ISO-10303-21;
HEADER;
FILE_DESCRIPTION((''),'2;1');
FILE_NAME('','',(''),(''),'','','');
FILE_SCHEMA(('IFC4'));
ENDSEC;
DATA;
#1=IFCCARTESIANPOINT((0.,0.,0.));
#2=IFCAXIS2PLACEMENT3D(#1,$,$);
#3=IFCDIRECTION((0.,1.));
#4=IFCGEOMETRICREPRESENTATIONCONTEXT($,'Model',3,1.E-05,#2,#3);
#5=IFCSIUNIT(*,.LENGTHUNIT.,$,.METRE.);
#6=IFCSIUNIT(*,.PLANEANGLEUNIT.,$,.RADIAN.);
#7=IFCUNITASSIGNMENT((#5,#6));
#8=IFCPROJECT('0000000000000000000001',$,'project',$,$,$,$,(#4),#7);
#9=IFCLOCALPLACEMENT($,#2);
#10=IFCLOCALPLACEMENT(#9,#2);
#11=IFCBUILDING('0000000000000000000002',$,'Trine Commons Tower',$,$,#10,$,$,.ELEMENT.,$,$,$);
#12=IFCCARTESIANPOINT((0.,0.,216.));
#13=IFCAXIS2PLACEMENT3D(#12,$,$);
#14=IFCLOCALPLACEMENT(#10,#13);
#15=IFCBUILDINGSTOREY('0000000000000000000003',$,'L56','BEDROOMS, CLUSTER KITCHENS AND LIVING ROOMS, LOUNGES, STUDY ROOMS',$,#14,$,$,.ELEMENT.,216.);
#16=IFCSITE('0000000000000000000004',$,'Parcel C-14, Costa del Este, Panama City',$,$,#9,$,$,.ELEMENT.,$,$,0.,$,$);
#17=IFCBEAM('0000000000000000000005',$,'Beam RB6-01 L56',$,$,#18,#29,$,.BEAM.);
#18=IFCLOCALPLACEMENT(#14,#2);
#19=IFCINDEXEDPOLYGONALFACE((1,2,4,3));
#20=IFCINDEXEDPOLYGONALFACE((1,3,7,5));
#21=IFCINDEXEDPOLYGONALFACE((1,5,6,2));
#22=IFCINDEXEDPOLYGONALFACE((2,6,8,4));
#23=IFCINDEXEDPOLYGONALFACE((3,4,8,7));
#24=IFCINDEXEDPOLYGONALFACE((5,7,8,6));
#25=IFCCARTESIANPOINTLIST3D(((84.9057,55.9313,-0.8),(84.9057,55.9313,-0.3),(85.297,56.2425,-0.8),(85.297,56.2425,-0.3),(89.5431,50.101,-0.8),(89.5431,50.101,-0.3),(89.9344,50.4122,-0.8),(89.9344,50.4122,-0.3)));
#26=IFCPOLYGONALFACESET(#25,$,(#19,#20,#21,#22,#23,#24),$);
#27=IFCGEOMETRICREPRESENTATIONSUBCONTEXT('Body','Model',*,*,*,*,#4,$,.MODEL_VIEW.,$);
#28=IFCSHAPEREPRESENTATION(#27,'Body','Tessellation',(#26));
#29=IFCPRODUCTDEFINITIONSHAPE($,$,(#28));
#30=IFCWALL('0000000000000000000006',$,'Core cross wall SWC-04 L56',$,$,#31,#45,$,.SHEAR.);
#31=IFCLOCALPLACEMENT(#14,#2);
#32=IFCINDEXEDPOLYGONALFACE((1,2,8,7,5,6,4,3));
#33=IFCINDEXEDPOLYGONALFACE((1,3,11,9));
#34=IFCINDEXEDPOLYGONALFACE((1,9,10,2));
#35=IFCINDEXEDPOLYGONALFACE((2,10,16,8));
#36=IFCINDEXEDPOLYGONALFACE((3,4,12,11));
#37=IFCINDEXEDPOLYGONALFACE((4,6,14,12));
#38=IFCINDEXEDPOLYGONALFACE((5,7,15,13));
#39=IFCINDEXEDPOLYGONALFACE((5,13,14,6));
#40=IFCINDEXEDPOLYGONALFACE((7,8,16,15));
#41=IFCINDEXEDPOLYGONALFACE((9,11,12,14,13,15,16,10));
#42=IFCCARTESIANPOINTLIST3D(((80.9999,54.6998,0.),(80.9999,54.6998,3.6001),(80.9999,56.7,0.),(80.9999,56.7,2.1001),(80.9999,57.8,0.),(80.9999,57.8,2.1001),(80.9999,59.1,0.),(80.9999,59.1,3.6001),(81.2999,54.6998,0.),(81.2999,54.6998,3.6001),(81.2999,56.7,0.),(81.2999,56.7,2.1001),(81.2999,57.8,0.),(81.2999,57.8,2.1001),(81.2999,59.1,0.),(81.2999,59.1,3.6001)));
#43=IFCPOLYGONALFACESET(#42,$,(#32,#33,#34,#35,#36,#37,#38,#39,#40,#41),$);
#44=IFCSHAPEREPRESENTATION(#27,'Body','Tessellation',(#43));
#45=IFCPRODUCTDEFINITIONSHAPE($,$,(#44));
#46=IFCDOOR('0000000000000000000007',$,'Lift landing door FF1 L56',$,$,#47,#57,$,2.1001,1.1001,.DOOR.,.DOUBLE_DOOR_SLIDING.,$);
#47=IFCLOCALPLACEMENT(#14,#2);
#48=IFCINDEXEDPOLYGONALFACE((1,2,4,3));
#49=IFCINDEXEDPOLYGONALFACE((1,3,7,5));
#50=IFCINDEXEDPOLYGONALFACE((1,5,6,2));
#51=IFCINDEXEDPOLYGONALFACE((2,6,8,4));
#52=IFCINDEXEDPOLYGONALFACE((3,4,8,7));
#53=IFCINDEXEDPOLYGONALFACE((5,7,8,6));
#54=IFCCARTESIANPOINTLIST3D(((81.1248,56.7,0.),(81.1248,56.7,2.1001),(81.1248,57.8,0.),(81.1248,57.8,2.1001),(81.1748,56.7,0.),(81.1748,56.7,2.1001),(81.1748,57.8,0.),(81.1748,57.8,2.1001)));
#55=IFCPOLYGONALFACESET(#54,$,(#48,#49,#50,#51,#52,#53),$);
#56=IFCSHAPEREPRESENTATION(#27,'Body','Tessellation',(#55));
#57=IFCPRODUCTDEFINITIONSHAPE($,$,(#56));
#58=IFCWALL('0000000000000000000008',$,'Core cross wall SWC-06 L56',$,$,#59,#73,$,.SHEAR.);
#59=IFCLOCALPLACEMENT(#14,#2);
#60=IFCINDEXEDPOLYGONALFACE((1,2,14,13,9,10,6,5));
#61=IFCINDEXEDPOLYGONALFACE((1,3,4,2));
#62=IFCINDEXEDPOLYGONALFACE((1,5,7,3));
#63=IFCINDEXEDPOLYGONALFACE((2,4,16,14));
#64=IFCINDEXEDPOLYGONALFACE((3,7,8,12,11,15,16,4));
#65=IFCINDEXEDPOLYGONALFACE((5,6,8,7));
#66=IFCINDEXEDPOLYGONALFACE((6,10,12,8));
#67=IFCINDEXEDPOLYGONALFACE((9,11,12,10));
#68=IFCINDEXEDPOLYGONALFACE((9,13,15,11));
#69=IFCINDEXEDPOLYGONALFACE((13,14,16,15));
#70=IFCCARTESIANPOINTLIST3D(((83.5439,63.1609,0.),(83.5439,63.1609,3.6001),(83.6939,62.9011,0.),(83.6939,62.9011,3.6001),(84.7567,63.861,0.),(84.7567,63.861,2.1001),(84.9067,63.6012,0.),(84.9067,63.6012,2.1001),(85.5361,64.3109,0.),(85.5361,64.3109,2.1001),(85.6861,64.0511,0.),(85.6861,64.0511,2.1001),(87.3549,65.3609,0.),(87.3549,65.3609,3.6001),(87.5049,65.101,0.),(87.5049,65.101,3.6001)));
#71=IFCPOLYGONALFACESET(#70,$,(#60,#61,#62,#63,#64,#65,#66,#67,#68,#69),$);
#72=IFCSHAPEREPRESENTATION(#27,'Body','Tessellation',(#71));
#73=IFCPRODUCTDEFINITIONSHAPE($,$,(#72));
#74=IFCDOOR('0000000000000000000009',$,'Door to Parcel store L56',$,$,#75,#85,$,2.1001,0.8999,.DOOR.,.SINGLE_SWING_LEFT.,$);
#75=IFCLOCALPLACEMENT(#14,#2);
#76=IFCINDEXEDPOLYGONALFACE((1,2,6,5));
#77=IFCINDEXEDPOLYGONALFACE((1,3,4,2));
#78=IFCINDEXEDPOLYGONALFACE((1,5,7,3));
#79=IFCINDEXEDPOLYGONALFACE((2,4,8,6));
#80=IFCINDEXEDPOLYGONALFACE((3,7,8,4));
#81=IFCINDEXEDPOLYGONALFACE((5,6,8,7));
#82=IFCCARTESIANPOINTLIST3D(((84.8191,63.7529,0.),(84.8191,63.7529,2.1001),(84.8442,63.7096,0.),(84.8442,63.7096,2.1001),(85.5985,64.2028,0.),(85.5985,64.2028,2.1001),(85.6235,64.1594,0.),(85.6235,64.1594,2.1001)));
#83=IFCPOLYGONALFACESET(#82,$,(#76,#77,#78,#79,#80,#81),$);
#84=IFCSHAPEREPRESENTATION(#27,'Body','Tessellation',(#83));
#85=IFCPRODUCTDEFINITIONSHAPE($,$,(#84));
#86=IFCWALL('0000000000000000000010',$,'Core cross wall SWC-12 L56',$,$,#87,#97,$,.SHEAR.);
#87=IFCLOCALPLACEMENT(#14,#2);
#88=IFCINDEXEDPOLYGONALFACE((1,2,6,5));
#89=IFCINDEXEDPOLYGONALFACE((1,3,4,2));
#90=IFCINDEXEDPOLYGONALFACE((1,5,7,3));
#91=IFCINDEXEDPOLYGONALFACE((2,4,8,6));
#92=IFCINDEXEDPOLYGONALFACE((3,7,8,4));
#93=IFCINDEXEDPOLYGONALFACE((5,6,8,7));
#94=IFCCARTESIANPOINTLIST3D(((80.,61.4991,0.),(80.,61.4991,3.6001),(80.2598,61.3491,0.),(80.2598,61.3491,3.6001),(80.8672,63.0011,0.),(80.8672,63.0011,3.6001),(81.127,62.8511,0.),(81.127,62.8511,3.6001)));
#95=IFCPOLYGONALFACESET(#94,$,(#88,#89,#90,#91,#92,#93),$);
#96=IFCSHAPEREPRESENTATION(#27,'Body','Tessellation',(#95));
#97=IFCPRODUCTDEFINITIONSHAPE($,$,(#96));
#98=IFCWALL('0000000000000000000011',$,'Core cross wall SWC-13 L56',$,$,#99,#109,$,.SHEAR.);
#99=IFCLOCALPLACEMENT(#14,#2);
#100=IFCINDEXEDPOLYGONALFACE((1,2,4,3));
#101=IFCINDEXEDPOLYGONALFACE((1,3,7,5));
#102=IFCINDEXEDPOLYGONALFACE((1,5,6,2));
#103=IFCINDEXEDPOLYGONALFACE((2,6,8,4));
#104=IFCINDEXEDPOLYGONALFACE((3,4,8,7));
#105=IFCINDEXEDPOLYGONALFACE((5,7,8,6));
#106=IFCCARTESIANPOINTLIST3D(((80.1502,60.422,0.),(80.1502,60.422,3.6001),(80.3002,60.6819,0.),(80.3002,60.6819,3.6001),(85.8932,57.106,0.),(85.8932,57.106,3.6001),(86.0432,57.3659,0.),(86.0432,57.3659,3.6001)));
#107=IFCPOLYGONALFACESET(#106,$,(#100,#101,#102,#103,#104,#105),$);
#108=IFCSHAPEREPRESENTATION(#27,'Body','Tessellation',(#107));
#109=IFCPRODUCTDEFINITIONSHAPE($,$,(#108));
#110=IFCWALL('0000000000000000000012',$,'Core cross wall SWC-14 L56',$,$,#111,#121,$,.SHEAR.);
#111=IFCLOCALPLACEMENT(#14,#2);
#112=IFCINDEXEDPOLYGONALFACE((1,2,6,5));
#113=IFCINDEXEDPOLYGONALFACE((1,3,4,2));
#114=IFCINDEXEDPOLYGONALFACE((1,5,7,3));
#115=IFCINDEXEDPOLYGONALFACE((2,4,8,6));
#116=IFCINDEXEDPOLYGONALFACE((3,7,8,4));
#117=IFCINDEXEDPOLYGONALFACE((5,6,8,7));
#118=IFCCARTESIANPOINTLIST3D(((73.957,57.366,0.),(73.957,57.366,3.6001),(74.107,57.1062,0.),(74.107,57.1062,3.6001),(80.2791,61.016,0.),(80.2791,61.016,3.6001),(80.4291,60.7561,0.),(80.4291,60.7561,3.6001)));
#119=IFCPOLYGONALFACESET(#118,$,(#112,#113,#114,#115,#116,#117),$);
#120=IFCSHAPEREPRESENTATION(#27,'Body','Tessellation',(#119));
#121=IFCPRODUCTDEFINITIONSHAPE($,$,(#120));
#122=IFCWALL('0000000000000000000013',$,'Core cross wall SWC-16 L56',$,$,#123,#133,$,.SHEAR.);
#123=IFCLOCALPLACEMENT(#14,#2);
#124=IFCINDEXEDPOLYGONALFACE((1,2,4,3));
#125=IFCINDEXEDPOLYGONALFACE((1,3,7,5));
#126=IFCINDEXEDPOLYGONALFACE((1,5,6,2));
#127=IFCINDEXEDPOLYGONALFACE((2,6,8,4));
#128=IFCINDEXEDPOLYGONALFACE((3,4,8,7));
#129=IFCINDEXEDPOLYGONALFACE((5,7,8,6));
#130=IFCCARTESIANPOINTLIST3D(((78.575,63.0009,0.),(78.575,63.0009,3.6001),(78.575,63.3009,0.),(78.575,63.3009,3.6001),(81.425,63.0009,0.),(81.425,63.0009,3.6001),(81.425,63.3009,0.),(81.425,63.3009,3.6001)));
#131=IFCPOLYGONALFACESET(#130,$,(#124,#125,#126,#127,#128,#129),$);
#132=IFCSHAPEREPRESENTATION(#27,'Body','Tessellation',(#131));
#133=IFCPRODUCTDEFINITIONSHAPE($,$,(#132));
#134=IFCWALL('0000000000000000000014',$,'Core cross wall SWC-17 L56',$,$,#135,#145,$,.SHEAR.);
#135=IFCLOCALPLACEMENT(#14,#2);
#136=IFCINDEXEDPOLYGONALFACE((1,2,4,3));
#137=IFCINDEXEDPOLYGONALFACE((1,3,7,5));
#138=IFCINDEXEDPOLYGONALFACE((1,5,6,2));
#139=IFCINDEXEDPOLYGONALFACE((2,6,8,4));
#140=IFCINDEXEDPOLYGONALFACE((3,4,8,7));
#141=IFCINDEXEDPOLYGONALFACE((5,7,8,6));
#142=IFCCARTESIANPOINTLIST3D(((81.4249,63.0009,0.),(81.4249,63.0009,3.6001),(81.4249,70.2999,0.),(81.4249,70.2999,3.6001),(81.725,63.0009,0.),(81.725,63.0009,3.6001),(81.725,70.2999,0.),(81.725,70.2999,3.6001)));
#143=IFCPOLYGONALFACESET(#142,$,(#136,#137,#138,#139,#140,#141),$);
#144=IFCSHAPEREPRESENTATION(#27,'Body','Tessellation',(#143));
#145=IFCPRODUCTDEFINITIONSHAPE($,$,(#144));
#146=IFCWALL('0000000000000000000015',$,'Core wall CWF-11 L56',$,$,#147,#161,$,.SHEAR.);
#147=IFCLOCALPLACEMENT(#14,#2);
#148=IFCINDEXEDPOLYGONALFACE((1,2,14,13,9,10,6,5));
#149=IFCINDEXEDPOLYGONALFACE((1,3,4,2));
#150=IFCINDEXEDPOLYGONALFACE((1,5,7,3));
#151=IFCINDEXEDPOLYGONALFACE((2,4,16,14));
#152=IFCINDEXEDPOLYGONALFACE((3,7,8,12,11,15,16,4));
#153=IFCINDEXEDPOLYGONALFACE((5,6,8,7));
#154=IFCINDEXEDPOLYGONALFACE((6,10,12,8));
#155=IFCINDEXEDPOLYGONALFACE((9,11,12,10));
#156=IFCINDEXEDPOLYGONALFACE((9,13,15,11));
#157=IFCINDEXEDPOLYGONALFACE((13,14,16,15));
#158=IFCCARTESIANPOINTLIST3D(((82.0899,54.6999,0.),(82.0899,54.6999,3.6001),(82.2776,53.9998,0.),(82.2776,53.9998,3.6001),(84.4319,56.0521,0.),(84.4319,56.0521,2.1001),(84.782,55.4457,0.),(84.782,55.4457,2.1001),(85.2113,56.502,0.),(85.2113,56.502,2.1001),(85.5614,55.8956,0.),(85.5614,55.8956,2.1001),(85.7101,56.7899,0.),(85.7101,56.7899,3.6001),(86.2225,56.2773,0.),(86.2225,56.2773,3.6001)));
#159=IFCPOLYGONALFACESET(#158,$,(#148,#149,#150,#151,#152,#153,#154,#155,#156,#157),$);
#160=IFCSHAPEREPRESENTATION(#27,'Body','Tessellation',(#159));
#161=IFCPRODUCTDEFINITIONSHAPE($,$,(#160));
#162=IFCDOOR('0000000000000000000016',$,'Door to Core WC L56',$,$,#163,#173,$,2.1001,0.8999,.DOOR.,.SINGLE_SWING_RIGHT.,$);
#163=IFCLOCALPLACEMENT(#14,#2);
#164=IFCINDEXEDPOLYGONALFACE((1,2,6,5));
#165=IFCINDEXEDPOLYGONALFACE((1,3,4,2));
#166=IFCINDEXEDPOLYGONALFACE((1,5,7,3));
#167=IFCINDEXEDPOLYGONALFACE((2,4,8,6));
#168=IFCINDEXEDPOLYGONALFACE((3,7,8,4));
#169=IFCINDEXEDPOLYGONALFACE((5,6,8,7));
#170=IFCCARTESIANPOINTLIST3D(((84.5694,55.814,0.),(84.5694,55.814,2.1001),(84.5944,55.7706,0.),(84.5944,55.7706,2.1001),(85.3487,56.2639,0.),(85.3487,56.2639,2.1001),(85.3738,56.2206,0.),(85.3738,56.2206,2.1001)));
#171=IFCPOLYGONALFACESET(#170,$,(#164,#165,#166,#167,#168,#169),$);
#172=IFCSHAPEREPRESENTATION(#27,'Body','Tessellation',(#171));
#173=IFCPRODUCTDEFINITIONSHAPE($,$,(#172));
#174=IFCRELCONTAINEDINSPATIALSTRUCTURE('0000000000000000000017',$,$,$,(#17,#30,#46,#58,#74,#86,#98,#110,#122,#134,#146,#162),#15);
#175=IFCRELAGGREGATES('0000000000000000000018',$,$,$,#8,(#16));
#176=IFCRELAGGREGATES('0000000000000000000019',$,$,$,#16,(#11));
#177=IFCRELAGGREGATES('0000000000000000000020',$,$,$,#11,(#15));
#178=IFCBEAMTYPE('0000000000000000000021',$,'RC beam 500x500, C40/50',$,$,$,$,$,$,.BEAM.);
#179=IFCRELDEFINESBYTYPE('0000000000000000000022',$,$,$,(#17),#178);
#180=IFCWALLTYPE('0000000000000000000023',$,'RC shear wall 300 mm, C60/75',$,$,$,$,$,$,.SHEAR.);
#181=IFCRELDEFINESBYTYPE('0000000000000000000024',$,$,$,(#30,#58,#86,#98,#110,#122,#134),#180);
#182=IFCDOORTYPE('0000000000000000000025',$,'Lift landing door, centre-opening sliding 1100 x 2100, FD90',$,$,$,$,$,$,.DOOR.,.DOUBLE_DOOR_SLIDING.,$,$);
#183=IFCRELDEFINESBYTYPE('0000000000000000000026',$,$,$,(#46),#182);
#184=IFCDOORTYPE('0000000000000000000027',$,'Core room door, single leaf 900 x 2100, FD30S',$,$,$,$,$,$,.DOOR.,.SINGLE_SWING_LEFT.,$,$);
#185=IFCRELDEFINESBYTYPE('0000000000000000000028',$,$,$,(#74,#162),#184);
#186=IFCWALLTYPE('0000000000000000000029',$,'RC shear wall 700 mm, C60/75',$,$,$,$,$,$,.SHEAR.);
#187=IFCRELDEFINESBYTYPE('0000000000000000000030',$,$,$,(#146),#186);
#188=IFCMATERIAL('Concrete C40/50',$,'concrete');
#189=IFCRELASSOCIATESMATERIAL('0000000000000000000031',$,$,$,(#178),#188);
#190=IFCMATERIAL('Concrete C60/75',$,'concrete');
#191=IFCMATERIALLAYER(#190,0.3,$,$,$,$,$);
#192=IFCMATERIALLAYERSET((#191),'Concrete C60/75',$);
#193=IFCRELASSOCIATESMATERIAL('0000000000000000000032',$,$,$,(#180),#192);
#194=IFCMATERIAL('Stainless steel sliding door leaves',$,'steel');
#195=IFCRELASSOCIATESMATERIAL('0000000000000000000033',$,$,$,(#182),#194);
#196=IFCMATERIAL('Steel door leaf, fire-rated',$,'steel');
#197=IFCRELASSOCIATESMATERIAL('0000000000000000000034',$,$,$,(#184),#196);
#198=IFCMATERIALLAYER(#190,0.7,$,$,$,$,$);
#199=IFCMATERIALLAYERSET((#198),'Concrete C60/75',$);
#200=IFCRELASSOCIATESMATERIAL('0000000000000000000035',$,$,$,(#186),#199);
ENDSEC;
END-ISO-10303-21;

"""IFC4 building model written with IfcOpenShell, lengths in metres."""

from ifc_helpers import new_model, si_unit, direction, frame, frame_2d, origin, origin_2d, place, context, subcontext, project, spatial, polyline, rectangle, outline, extrude, material, layer, layer_set, material_profile, profile_set, type_object, element, fill, save


model = new_model("IFC4")

# Units and contexts
model_context = context("Model", 3, precision=1e-05, world=origin(), true_north=direction((0.0, 1.0)))
body_context = subcontext(model_context, "Body", "Model", "MODEL_VIEW")
ifc_project = project(units=[si_unit("LENGTHUNIT", "METRE"), si_unit("PLANEANGLEUNIT", "RADIAN")], contexts=[model_context])

# Site, building, storey
site_placement = place(None, origin())
site = spatial("IfcSite", under=ifc_project, at=site_placement, Name="Parcel C-14, Costa del Este, Panama City", CompositionType="ELEMENT", RefElevation=0.0)
building_placement = place(site_placement, origin())
building = spatial("IfcBuilding", under=site, at=building_placement, Name="Trine Commons Tower", CompositionType="ELEMENT")
storey_placement = place(building_placement, frame((0.0, 0.0, 216.0)))
storey = spatial("IfcBuildingStorey", under=building, at=storey_placement, Name="L56", Description="BEDROOMS, CLUSTER KITCHENS AND LIVING ROOMS, LOUNGES, STUDY ROOMS", CompositionType="ELEMENT", Elevation=216.0)

# Beam
ifc_material_1 = material(Name="Concrete C40/50", Category="concrete")
ifc_material_profile = material_profile(ifc_material_1, rectangle(XDim=0.5, YDim=0.5, at=origin_2d()), Name="RC 500x500")
ifc_profile_set = profile_set([ifc_material_profile], Name="Concrete C40/50")
beam_type = type_object("IfcBeamType", Name="RC beam 500x500, C40/50", PredefinedType="BEAM", material=ifc_profile_set)
beam_placement = place(storey_placement, frame((85.1013, 56.0869, -0.55), z_axis=(0.622498, -0.782621, 0.0), x_axis=(0.782621, 0.622498, 0.0)))
element("IfcBeam", 1, at=beam_placement, inside=storey, type_object=beam_type, Name="Beam RB6-01 L56", PredefinedType="BEAM", context=body_context, shape_type="SweptSolid", body=[
    extrude(rectangle(XDim=0.5, YDim=0.5, at=origin_2d()), origin(), (0.0, 0.0, 1.0), 7.4497),
])

# Walls, openings, doors
ifc_material_2 = material(Name="Concrete C60/75", Category="concrete")
ifc_layer_1 = layer(ifc_material_2, 0.3)
ifc_layer_set_1 = layer_set([ifc_layer_1], Name="Concrete C60/75")
wall_type_1 = type_object("IfcWallType", Name="RC shear wall 300 mm, C60/75", PredefinedType="SHEAR", material=ifc_layer_set_1)
wall_1_placement = place(storey_placement, frame((81.1499, 59.1001, 0.0), z_axis=(0.0, 0.0, 1.0), x_axis=(0.0, -1.0, 0.0)))
wall_1 = element("IfcWall", 2, at=wall_1_placement, inside=storey, type_object=wall_type_1, Name="Core cross wall SWC-04 L56", PredefinedType="SHEAR", context=body_context, shape_type="SweptSolid", body=[
    extrude(rectangle(XDim=4.4001, YDim=0.3, at=frame_2d((2.2002, 0.0))), origin(), (0.0, 0.0, 1.0), 3.6001),
])
opening_1_placement = place(wall_1_placement, frame((1.3, 0.0, 0.0)))
opening_1 = element("IfcOpeningElement", 3, at=opening_1_placement, cuts=wall_1, PredefinedType="OPENING", context=body_context, shape_type="SweptSolid", body=[
    extrude(rectangle(XDim=1.1001, YDim=2.1001, at=frame_2d((0.55, 1.05))), frame((0.0, 0.1599, 0.0), z_axis=(0.0, -1.0, 0.0), x_axis=(1.0, 0.0, 0.0)), (0.0, 0.0, 1.0), 0.3201),
])
ifc_material_3 = material(Name="Stainless steel sliding door leaves", Category="steel")
door_type_1 = type_object("IfcDoorType", Name="Lift landing door, centre-opening sliding 1100 x 2100, FD90", OperationType="DOUBLE_DOOR_SLIDING", PredefinedType="DOOR", material=ifc_material_3)
door_1_placement = place(opening_1_placement, origin())
door_1 = element("IfcDoor", 4, at=door_1_placement, inside=storey, type_object=door_type_1, Name="Lift landing door FF1 L56", OperationType="DOUBLE_DOOR_SLIDING", OverallHeight=2.1001, OverallWidth=1.1001, PredefinedType="DOOR", context=body_context, shape_type="SweptSolid", body=[
    extrude(rectangle(XDim=1.1001, YDim=2.1001, at=frame_2d((0.55, 1.05))), frame((0.0, 0.0249, 0.0), z_axis=(0.0, -1.0, 0.0), x_axis=(1.0, 0.0, 0.0)), (0.0, 0.0, 1.0), 0.05),
])
fill(opening_1, door_1)
wall_2_placement = place(storey_placement, frame((83.6189, 63.031, 0.0), z_axis=(0.0, 0.0, 1.0), x_axis=(0.86606, 0.49994, 0.0)))
wall_2 = element("IfcWall", 5, at=wall_2_placement, inside=storey, type_object=wall_type_1, Name="Core cross wall SWC-06 L56", PredefinedType="SHEAR", context=body_context, shape_type="SweptSolid", body=[
    extrude(rectangle(XDim=4.4004, YDim=0.3, at=frame_2d((2.2002, 0.0))), origin(), (0.0, 0.0, 1.0), 3.6001),
])
opening_2_placement = place(wall_2_placement, frame((1.4004, 0.0, 0.0)))
opening_2 = element("IfcOpeningElement", 6, at=opening_2_placement, cuts=wall_2, PredefinedType="OPENING", context=body_context, shape_type="SweptSolid", body=[
    extrude(rectangle(XDim=0.8999, YDim=2.1001, at=frame_2d((0.45, 1.05))), frame((0.0, 0.1599, 0.0), z_axis=(0.0, -1.0, 0.0), x_axis=(1.0, 0.0, 0.0)), (0.0, 0.0, 1.0), 0.3201),
])
ifc_material_4 = material(Name="Steel door leaf, fire-rated", Category="steel")
door_type_2 = type_object("IfcDoorType", Name="Core room door, single leaf 900 x 2100, FD30S", OperationType="SINGLE_SWING_LEFT", PredefinedType="DOOR", material=ifc_material_4)
door_2_placement = place(opening_2_placement, frame((0.8999, 0.0, 0.0), z_axis=(0.0, 0.0, 1.0), x_axis=(-1.0, 0.0, 0.0)))
door_2 = element("IfcDoor", 7, at=door_2_placement, inside=storey, type_object=door_type_2, Name="Door to Parcel store L56", OperationType="SINGLE_SWING_LEFT", OverallHeight=2.1001, OverallWidth=0.8999, PredefinedType="DOOR", context=body_context, shape_type="SweptSolid", body=[
    extrude(rectangle(XDim=0.8999, YDim=2.1001, at=frame_2d((0.45, 1.05))), frame((0.0, 0.0249, 0.0), z_axis=(0.0, -1.0, 0.0), x_axis=(1.0, 0.0, 0.0)), (0.0, 0.0, 1.0), 0.05),
])
fill(opening_2, door_2)

# Walls
wall_3_placement = place(storey_placement, frame((80.1299, 61.4241, 0.0), z_axis=(0.0, 0.0, 1.0), x_axis=(0.500015, 0.866017, 0.0)))
element("IfcWall", 8, at=wall_3_placement, inside=storey, type_object=wall_type_1, Name="Core cross wall SWC-12 L56", PredefinedType="SHEAR", context=body_context, shape_type="SweptSolid", body=[
    extrude(rectangle(XDim=1.7344, YDim=0.3, at=frame_2d((0.8672, 0.0))), origin(), (0.0, 0.0, 1.0), 3.6001),
])
wall_4_placement = place(storey_placement, frame((80.2251, 60.552, 0.0), z_axis=(0.0, 0.0, 1.0), x_axis=(0.86601, -0.500027, 0.0)))
element("IfcWall", 9, at=wall_4_placement, inside=storey, type_object=wall_type_1, Name="Core cross wall SWC-13 L56", PredefinedType="SHEAR", context=body_context, shape_type="SweptSolid", body=[
    extrude(rectangle(XDim=6.6316, YDim=0.3, at=frame_2d((3.3159, 0.0))), origin(), (0.0, 0.0, 1.0), 3.6001),
])
wall_5_placement = place(storey_placement, frame((80.354, 60.886, 0.0), z_axis=(0.0, 0.0, 1.0), x_axis=(-0.866032, -0.499988, 0.0)))
element("IfcWall", 10, at=wall_5_placement, inside=storey, type_object=wall_type_1, Name="Core cross wall SWC-14 L56", PredefinedType="SHEAR", context=body_context, shape_type="SweptSolid", body=[
    extrude(rectangle(XDim=7.3, YDim=0.3, at=frame_2d((3.6499, 0.0))), origin(), (0.0, 0.0, 1.0), 3.6001),
])
wall_6_placement = place(storey_placement, frame((81.425, 63.1509, 0.0), z_axis=(0.0, 0.0, 1.0), x_axis=(-1.0, 0.0, 0.0)))
element("IfcWall", 11, at=wall_6_placement, inside=storey, type_object=wall_type_1, Name="Core cross wall SWC-16 L56", PredefinedType="SHEAR", context=body_context, shape_type="SweptSolid", body=[
    extrude(rectangle(XDim=2.8501, YDim=0.3, at=frame_2d((1.425, 0.0))), origin(), (0.0, 0.0, 1.0), 3.6001),
])
wall_7_placement = place(storey_placement, frame((81.575, 63.001, 0.0), z_axis=(0.0, 0.0, 1.0), x_axis=(0.0, 1.0, 0.0)))
element("IfcWall", 12, at=wall_7_placement, inside=storey, type_object=wall_type_1, Name="Core cross wall SWC-17 L56", PredefinedType="SHEAR", context=body_context, shape_type="SweptSolid", body=[
    extrude(rectangle(XDim=7.2991, YDim=0.3, at=frame_2d((3.6494, 0.0))), origin(), (0.0, 0.0, 1.0), 3.6001),
])

# Wall, opening, door
ifc_layer_2 = layer(ifc_material_2, 0.7)
ifc_layer_set_2 = layer_set([ifc_layer_2], Name="Concrete C60/75")
wall_type_2 = type_object("IfcWallType", Name="RC shear wall 700 mm, C60/75", PredefinedType="SHEAR", material=ifc_layer_set_2)
wall_8_placement = place(storey_placement, frame((82.1025, 54.303, 0.0), z_axis=(0.0, 0.0, 1.0), x_axis=(0.866035, 0.499984, 0.0)))
wall_8 = element("IfcWall", 13, at=wall_8_placement, inside=storey, type_object=wall_type_2, Name="Core wall CWF-11 L56", PredefinedType="SHEAR", context=body_context, shape_type="SweptSolid", body=[
    extrude(outline(polyline([(0.0, -0.3501), (4.5552, -0.3501), (4.3677, 0.3501), (0.1875, 0.3501), (0.0, -0.3501)])), origin(), (0.0, 0.0, 1.0), 3.6001),
])
opening_3_placement = place(wall_8_placement, frame((2.8918, 0.0, 0.0)))
opening_3 = element("IfcOpeningElement", 14, at=opening_3_placement, cuts=wall_8, PredefinedType="OPENING", context=body_context, shape_type="SweptSolid", body=[
    extrude(rectangle(XDim=0.8999, YDim=2.1001, at=frame_2d((0.45, 1.05))), frame((0.0, 0.3599, 0.0), z_axis=(0.0, -1.0, 0.0), x_axis=(1.0, 0.0, 0.0)), (0.0, 0.0, 1.0), 0.72),
])
door_3_placement = place(opening_3_placement, origin())
door_3 = element("IfcDoor", 15, at=door_3_placement, inside=storey, type_object=door_type_2, Name="Door to Core WC L56", OperationType="SINGLE_SWING_RIGHT", OverallHeight=2.1001, OverallWidth=0.8999, PredefinedType="DOOR", context=body_context, shape_type="SweptSolid", body=[
    extrude(rectangle(XDim=0.8999, YDim=2.1001, at=frame_2d((0.45, 1.05))), frame((0.0, 0.0752, 0.0), z_axis=(0.0, -1.0, 0.0), x_axis=(1.0, 0.0, 0.0)), (0.0, 0.0, 1.0), 0.05),
])
fill(opening_3, door_3)

save(model, "model.ifc")
